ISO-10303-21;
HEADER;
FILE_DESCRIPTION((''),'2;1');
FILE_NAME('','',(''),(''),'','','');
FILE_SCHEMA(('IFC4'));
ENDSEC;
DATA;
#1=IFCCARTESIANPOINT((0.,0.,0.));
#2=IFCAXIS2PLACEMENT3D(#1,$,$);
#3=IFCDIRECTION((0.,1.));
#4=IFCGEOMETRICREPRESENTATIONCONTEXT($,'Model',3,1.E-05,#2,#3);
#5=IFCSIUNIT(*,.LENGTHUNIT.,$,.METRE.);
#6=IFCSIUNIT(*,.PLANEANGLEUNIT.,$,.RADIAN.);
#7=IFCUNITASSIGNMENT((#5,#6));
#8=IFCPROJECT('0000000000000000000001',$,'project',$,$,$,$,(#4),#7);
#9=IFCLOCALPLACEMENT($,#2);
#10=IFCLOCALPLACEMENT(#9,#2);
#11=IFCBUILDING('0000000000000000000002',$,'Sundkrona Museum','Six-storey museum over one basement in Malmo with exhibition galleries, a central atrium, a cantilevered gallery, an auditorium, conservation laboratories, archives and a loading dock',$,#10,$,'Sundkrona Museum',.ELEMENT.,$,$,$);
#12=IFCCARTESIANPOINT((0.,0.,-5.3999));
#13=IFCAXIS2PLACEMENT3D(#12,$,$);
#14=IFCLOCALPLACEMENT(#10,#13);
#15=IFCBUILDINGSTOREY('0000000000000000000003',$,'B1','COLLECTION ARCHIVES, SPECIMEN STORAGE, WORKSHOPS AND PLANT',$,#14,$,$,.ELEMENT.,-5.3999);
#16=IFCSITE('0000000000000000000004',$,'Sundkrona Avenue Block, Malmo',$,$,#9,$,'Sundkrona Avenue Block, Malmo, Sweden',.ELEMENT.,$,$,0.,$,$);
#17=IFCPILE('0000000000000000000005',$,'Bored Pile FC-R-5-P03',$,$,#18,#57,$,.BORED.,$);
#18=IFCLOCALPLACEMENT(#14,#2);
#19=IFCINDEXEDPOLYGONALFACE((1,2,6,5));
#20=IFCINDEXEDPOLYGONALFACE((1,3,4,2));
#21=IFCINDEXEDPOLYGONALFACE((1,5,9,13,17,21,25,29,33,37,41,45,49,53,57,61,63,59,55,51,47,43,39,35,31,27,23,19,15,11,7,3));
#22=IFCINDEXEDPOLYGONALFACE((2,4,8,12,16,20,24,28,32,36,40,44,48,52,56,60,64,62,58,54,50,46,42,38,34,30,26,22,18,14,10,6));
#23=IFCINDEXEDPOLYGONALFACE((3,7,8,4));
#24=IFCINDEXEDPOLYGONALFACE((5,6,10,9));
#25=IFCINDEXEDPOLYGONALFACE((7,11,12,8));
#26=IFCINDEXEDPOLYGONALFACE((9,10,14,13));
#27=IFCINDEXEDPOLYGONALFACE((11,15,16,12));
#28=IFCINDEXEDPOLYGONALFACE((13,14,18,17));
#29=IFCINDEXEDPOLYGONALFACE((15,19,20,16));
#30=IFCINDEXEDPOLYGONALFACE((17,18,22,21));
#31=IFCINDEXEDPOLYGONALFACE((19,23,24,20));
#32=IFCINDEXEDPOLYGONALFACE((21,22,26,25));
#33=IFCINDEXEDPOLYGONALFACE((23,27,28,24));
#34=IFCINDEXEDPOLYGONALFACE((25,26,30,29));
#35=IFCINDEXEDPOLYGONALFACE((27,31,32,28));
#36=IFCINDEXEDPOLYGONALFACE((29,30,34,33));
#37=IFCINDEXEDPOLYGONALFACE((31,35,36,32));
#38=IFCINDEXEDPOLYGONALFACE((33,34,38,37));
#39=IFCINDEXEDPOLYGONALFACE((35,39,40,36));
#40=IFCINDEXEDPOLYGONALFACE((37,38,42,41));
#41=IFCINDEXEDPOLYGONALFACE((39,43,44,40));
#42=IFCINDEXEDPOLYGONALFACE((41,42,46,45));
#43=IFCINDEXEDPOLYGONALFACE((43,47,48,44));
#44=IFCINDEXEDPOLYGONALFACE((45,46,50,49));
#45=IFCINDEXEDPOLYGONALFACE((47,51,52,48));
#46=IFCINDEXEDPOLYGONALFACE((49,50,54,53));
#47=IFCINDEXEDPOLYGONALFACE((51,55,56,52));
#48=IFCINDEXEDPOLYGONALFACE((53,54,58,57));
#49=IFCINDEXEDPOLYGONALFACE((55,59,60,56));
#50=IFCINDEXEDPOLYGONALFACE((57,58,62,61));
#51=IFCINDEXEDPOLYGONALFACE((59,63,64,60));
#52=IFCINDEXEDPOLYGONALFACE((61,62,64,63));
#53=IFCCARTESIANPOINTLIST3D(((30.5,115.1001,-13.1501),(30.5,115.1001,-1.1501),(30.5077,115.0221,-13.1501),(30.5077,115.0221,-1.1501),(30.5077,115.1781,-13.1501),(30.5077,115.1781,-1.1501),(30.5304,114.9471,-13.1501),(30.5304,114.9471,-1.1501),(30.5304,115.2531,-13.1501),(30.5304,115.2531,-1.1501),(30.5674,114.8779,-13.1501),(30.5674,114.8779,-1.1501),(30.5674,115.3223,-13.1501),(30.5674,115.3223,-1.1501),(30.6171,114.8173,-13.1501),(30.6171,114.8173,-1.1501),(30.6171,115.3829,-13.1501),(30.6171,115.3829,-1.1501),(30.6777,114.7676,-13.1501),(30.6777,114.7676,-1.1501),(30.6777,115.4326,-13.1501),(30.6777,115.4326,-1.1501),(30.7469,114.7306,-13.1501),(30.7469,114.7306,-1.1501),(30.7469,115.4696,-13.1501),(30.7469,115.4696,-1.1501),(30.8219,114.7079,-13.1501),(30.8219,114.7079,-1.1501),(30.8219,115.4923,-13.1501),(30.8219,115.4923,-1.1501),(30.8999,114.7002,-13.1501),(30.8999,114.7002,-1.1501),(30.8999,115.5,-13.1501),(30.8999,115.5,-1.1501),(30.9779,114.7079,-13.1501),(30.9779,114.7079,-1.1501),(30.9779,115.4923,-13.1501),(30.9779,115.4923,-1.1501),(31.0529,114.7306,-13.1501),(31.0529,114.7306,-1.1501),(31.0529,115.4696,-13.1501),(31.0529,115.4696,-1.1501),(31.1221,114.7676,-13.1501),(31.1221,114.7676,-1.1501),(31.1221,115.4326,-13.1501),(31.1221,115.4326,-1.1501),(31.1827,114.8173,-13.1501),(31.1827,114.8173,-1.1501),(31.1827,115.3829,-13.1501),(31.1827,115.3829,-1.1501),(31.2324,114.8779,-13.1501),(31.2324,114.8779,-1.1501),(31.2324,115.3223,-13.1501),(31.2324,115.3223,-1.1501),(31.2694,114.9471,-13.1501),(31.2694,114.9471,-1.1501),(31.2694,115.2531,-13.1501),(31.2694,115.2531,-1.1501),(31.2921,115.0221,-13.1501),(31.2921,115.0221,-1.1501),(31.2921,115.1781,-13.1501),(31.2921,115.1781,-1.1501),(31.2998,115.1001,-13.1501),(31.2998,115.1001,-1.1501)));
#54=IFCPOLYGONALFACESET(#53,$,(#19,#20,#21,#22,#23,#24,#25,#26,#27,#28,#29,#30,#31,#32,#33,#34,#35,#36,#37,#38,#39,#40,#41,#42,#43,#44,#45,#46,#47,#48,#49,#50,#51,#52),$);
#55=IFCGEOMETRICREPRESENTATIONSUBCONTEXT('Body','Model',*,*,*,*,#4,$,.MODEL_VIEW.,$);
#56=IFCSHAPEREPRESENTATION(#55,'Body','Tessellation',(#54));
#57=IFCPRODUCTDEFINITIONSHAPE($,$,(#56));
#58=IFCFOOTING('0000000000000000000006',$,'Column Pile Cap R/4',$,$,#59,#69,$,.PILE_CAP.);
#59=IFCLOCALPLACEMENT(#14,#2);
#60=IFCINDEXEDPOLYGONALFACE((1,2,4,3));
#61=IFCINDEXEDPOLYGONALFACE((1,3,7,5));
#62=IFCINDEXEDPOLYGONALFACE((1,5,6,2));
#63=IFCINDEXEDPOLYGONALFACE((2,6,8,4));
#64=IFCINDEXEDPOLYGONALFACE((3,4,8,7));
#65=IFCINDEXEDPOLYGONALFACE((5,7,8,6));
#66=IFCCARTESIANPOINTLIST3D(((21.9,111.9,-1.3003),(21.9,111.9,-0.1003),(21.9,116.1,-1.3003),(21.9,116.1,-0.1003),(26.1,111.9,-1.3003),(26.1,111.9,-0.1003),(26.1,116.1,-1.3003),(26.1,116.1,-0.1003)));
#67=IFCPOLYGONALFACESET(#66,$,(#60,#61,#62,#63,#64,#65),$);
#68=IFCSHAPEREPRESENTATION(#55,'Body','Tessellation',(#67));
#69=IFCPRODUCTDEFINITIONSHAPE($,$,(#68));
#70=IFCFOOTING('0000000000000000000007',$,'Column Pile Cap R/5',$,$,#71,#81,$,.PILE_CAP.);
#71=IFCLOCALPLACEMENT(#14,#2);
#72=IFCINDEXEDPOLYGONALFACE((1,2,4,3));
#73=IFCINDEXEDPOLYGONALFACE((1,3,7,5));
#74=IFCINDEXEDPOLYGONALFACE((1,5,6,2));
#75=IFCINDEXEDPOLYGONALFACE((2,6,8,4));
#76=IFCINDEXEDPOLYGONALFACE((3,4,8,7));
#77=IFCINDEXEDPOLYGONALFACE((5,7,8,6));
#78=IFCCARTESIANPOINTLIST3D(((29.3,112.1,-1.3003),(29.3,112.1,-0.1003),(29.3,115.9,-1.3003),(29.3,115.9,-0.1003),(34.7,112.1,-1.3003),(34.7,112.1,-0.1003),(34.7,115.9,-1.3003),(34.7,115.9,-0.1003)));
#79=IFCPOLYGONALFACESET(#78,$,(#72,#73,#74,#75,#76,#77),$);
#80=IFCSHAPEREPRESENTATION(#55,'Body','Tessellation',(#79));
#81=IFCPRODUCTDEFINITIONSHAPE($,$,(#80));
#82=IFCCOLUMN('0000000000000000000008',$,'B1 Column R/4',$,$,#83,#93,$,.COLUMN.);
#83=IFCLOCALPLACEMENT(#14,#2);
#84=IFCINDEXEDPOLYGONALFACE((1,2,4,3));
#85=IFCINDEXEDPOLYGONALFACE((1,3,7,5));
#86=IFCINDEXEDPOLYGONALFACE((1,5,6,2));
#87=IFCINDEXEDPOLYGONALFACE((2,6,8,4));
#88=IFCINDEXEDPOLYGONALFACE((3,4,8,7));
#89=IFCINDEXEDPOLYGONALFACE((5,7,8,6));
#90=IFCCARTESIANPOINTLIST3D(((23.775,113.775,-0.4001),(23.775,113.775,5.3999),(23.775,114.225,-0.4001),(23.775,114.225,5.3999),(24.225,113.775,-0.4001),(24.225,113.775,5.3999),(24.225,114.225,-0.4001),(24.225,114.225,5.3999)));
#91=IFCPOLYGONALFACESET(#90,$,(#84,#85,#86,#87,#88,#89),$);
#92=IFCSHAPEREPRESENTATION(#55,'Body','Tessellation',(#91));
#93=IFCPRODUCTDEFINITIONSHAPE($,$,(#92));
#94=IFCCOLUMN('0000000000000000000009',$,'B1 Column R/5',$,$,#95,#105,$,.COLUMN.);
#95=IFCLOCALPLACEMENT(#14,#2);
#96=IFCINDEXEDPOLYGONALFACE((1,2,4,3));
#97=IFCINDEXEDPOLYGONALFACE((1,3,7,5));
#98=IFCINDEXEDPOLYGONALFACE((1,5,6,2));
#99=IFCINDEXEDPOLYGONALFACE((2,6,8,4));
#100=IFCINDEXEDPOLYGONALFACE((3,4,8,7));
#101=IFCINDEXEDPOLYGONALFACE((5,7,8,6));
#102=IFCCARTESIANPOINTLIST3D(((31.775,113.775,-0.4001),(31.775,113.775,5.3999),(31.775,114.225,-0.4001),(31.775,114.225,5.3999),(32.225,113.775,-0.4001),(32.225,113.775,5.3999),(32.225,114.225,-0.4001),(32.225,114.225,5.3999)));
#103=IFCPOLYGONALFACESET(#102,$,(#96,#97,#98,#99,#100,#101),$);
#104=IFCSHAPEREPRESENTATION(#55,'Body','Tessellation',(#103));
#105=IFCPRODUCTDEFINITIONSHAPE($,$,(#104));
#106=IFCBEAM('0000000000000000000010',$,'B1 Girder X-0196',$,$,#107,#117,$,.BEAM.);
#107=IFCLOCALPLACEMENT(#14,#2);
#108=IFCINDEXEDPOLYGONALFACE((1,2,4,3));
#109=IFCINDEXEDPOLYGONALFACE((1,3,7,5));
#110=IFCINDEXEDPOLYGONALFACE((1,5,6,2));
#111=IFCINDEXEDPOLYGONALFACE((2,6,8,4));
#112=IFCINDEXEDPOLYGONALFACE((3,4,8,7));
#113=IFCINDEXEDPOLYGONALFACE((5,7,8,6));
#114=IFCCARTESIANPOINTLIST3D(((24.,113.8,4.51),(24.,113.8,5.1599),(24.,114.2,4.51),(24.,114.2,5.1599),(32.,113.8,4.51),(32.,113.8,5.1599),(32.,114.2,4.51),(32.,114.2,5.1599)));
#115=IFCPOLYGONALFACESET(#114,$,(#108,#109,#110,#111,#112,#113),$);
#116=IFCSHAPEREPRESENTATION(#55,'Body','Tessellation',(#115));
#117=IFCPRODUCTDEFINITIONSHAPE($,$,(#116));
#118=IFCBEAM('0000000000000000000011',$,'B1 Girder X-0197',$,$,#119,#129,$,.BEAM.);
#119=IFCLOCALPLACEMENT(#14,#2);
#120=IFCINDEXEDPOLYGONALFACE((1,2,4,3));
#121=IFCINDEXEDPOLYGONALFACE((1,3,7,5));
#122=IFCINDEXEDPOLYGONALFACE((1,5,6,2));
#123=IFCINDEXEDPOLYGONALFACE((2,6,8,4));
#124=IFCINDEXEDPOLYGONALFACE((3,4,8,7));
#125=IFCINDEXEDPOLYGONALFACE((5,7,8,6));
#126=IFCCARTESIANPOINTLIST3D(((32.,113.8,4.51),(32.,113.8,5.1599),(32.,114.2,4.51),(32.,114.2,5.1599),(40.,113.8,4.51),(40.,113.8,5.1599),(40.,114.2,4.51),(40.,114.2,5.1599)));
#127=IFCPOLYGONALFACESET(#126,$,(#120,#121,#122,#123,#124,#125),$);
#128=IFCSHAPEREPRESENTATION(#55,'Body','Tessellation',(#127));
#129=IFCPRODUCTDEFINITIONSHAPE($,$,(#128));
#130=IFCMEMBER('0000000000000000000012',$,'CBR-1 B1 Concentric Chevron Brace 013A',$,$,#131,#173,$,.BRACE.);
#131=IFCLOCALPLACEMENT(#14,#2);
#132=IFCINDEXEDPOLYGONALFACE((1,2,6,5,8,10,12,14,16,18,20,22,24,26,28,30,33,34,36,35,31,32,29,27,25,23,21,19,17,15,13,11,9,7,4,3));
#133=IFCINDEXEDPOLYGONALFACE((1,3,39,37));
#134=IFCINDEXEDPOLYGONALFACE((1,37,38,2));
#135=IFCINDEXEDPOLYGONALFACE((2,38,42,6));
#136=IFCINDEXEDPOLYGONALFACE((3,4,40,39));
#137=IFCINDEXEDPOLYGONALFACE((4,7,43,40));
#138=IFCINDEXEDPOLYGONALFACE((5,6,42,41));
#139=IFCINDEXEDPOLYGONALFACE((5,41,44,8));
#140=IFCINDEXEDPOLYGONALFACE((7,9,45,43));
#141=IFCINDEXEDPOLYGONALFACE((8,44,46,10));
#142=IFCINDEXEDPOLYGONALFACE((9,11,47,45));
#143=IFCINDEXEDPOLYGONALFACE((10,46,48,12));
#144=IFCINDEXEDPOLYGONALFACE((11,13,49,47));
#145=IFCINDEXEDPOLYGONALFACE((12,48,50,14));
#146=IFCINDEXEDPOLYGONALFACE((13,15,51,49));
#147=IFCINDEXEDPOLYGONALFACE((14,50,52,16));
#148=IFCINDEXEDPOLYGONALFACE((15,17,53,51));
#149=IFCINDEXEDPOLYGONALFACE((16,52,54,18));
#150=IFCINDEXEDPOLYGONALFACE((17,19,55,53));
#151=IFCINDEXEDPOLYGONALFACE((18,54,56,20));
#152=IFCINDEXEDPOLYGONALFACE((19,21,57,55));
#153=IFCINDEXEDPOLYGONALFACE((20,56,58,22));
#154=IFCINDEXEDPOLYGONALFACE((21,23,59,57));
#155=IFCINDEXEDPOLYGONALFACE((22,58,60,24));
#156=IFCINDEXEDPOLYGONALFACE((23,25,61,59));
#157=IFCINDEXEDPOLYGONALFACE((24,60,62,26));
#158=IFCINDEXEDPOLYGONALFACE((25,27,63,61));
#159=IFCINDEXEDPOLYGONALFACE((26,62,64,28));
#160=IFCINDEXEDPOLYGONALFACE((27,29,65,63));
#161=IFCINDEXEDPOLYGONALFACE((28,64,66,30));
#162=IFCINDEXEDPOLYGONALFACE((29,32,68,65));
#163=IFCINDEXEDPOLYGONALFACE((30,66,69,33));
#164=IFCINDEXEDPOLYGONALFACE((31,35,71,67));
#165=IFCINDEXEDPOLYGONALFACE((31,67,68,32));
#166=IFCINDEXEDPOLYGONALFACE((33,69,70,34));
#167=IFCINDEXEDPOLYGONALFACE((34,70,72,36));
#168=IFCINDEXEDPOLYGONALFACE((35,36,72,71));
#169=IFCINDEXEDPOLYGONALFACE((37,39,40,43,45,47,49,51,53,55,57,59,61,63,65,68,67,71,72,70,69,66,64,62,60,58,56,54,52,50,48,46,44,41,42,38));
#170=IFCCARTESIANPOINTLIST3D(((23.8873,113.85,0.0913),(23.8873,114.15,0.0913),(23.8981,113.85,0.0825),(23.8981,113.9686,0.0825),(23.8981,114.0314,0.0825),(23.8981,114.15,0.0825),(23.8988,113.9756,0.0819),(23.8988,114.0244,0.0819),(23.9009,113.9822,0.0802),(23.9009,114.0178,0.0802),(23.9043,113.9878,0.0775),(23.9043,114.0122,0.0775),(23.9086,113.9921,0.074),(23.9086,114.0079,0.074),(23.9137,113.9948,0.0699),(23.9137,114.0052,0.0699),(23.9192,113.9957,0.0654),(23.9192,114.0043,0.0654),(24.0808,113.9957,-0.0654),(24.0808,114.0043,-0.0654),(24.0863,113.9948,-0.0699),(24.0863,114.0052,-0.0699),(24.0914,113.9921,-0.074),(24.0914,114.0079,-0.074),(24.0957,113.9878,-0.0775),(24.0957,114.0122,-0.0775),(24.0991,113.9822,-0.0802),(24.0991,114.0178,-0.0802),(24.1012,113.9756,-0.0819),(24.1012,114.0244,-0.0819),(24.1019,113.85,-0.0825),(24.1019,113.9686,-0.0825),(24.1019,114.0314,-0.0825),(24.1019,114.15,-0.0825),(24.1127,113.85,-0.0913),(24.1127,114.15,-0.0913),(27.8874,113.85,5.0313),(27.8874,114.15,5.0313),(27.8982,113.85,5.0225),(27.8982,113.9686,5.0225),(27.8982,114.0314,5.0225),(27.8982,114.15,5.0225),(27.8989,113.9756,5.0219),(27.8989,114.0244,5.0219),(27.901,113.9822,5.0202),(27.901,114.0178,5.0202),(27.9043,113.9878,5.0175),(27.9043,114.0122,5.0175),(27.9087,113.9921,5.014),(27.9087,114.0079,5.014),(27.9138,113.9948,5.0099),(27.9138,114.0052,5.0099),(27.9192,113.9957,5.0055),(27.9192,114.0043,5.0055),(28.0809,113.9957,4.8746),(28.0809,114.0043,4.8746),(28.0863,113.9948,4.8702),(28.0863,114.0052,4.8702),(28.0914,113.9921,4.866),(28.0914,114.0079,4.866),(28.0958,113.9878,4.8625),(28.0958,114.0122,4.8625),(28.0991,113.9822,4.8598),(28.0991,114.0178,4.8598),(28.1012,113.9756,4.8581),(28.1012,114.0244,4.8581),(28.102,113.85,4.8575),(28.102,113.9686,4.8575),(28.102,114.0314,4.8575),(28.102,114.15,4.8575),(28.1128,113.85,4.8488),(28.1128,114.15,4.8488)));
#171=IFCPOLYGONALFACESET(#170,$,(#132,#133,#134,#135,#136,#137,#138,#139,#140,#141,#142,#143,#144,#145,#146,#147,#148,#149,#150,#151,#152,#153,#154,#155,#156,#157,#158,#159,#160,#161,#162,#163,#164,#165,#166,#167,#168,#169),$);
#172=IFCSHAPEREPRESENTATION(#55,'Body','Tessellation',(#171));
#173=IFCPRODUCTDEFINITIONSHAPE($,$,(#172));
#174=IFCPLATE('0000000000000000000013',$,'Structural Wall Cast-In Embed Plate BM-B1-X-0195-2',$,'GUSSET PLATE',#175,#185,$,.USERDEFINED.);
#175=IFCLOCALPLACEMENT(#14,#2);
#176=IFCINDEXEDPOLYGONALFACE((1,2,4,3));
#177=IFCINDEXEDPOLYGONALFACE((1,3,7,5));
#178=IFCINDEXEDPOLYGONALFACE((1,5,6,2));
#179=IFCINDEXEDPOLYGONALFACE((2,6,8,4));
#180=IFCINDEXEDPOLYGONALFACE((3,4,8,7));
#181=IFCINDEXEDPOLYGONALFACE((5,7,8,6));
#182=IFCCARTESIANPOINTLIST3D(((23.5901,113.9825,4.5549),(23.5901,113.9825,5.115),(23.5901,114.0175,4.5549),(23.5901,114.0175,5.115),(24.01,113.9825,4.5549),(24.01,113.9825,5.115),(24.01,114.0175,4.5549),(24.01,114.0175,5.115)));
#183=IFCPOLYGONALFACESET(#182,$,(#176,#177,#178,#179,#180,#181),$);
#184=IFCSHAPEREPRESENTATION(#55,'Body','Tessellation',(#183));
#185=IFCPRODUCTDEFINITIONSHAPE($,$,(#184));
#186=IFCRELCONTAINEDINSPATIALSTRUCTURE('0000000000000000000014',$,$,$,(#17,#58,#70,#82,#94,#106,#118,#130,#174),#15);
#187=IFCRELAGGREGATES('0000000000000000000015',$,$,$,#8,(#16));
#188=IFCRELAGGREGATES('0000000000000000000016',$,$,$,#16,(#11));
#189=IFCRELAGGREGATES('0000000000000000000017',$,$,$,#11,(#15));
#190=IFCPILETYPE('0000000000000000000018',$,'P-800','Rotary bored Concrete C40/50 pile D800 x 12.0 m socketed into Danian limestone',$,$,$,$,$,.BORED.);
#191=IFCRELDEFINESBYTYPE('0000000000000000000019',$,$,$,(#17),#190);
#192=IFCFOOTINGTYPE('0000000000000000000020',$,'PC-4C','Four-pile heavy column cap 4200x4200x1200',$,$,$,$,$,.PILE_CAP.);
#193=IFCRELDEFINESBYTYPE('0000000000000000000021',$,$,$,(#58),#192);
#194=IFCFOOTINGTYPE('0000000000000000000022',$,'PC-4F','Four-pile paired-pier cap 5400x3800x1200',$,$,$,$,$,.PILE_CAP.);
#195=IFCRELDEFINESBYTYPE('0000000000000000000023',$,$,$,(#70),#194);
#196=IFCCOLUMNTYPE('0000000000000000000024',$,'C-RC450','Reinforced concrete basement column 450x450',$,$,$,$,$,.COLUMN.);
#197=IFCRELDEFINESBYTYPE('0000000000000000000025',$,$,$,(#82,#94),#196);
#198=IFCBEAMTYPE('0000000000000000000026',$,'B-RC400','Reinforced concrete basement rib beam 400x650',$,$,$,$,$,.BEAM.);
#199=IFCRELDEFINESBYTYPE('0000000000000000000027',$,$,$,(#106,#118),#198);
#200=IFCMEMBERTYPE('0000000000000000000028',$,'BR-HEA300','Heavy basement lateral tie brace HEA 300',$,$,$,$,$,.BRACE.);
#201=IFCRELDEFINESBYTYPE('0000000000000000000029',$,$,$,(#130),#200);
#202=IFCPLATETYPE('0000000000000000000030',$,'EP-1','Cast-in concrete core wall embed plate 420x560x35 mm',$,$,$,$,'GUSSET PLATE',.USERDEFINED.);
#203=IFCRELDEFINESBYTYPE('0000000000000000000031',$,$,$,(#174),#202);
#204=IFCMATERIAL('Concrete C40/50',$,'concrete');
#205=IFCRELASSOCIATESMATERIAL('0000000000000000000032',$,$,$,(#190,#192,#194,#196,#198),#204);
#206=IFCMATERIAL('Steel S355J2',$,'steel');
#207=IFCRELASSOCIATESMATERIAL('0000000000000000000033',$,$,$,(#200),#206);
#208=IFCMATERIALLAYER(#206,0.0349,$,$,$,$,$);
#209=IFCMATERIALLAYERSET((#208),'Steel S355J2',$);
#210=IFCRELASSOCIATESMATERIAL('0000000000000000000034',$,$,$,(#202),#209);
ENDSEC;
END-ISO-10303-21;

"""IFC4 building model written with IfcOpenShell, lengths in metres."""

from ifc_helpers import new_model, si_unit, direction, frame, origin, origin_2d, place, context, subcontext, project, spatial, rectangle, circle, i_section, extrude, material, layer, layer_set, material_profile, profile_set, type_object, element, save


model = new_model("IFC4")

# Units and contexts
model_context = context("Model", 3, precision=1e-05, world=origin(), true_north=direction((0.0, 1.0)))
body_context = subcontext(model_context, "Body", "Model", "MODEL_VIEW")
ifc_project = project(units=[si_unit("LENGTHUNIT", "METRE"), si_unit("PLANEANGLEUNIT", "RADIAN")], contexts=[model_context])

# Site, building, storey
site_placement = place(None, origin())
site = spatial("IfcSite", under=ifc_project, at=site_placement, Name="Sundkrona Avenue Block, Malmo", LongName="Sundkrona Avenue Block, Malmo, Sweden", CompositionType="ELEMENT", RefElevation=0.0)
building_placement = place(site_placement, origin())
building = spatial("IfcBuilding", under=site, at=building_placement, Name="Sundkrona Museum", Description="Six-storey museum over one basement in Malmo with exhibition galleries, a central atrium, a cantilevered gallery, an auditorium, conservation laboratories, archives and a loading dock", LongName="Sundkrona Museum", CompositionType="ELEMENT")
storey_placement = place(building_placement, frame((0.0, 0.0, -5.3999)))
storey = spatial("IfcBuildingStorey", under=building, at=storey_placement, Name="B1", Description="COLLECTION ARCHIVES, SPECIMEN STORAGE, WORKSHOPS AND PLANT", CompositionType="ELEMENT", Elevation=-5.3999)

# Shared definitions
ifc_material_1 = material(Name="Concrete C40/50", Category="concrete")

# Pile
ifc_material_profile_1 = material_profile(ifc_material_1, circle(Radius=0.3999, at=origin_2d()), Name="PILE D800")
ifc_profile_set_1 = profile_set([ifc_material_profile_1], Name="Concrete C40/50")
pile_type = type_object("IfcPileType", Name="P-800", Description="Rotary bored Concrete C40/50 pile D800 x 12.0 m socketed into Danian limestone", PredefinedType="BORED", material=ifc_profile_set_1)
for number, where, z_axis, x_axis, name in (
    (1, (30.8999, 115.1001, -1.1501), (0.0, 0.0, -1.0), (1.0, 0.0, 0.0), "Bored Pile FC-R-5-P03"),
):
    element("IfcPile", number, at=place(storey_placement, frame(where, z_axis=z_axis, x_axis=x_axis)), inside=storey, type_object=pile_type, Name=name, PredefinedType="BORED", context=body_context, shape_type="SweptSolid", body=[
        extrude(circle(Radius=0.3999, at=origin_2d()), origin(), (0.0, 0.0, 1.0), 12.0),
    ])

# Footings
footing_type_1 = type_object("IfcFootingType", Name="PC-4C", Description="Four-pile heavy column cap 4200x4200x1200", PredefinedType="PILE_CAP", material=ifc_material_1)
footing_1_placement = place(storey_placement, frame((24.0, 114.0, -1.3003), z_axis=(0.0, 0.0, 1.0), x_axis=(1.0, 0.0, 0.0)))
element("IfcFooting", 2, at=footing_1_placement, inside=storey, type_object=footing_type_1, Name="Column Pile Cap R/4", PredefinedType="PILE_CAP", context=body_context, shape_type="SweptSolid", body=[
    extrude(rectangle(XDim=4.2, YDim=4.2, at=origin_2d()), origin(), (0.0, 0.0, 1.0), 1.2),
])
footing_type_2 = type_object("IfcFootingType", Name="PC-4F", Description="Four-pile paired-pier cap 5400x3800x1200", PredefinedType="PILE_CAP", material=ifc_material_1)
footing_2_placement = place(storey_placement, frame((32.0, 114.0, -1.3003), z_axis=(0.0, 0.0, 1.0), x_axis=(1.0, 0.0, 0.0)))
element("IfcFooting", 3, at=footing_2_placement, inside=storey, type_object=footing_type_2, Name="Column Pile Cap R/5", PredefinedType="PILE_CAP", context=body_context, shape_type="SweptSolid", body=[
    extrude(rectangle(XDim=5.3999, YDim=3.8, at=origin_2d()), origin(), (0.0, 0.0, 1.0), 1.2),
])

# Columns
ifc_material_profile_2 = material_profile(ifc_material_1, rectangle(XDim=0.45, YDim=0.45, at=origin_2d()), Name="RC 450x450")
ifc_profile_set_2 = profile_set([ifc_material_profile_2], Name="Concrete C40/50")
column_type = type_object("IfcColumnType", Name="C-RC450", Description="Reinforced concrete basement column 450x450", PredefinedType="COLUMN", material=ifc_profile_set_2)
for number, where, z_axis, x_axis, name in (
    (4, (24.0, 114.0, -0.4001), (0.0, 0.0, 1.0), (1.0, 0.0, 0.0), "B1 Column R/4"),
    (5, (32.0, 114.0, -0.4001), (0.0, 0.0, 1.0), (1.0, 0.0, 0.0), "B1 Column R/5"),
):
    element("IfcColumn", number, at=place(storey_placement, frame(where, z_axis=z_axis, x_axis=x_axis)), inside=storey, type_object=column_type, Name=name, PredefinedType="COLUMN", context=body_context, shape_type="SweptSolid", body=[
        extrude(rectangle(XDim=0.45, YDim=0.45, at=origin_2d()), origin(), (0.0, 0.0, 1.0), 5.8),
    ])

# Beams
ifc_material_profile_3 = material_profile(ifc_material_1, rectangle(XDim=0.3999, YDim=0.6499, at=origin_2d()), Name="RCB 400x650")
ifc_profile_set_3 = profile_set([ifc_material_profile_3], Name="Concrete C40/50")
beam_type = type_object("IfcBeamType", Name="B-RC400", Description="Reinforced concrete basement rib beam 400x650", PredefinedType="BEAM", material=ifc_profile_set_3)
for number, where, z_axis, x_axis, name in (
    (6, (24.0, 114.0, 4.835), (1.0, 0.0, 0.0), (0.0, 1.0, 0.0), "B1 Girder X-0196"),
    (7, (32.0, 114.0, 4.835), (1.0, 0.0, 0.0), (0.0, 1.0, 0.0), "B1 Girder X-0197"),
):
    element("IfcBeam", number, at=place(storey_placement, frame(where, z_axis=z_axis, x_axis=x_axis)), inside=storey, type_object=beam_type, Name=name, PredefinedType="BEAM", context=body_context, shape_type="SweptSolid", body=[
        extrude(rectangle(XDim=0.3999, YDim=0.6499, at=origin_2d()), origin(), (0.0, 0.0, 1.0), 8.0),
    ])

# Member
ifc_material_2 = material(Name="Steel S355J2", Category="steel")
ifc_material_profile_4 = material_profile(ifc_material_2, i_section(OverallWidth=0.3, OverallDepth=0.29, WebThickness=0.0085, FlangeThickness=0.0139, FilletRadius=0.0271, at=origin_2d()), Name="HEA 300")
ifc_profile_set_4 = profile_set([ifc_material_profile_4], Name="Steel S355J2")
member_type = type_object("IfcMemberType", Name="BR-HEA300", Description="Heavy basement lateral tie brace HEA 300", PredefinedType="BRACE", material=ifc_profile_set_4)
member_placement = place(storey_placement, frame((24.0, 114.0, 0.0), z_axis=(0.629293, 0.0, 0.777168), x_axis=(0.0, 1.0, 0.0)))
element("IfcMember", 8, at=member_placement, inside=storey, type_object=member_type, Name="CBR-1 B1 Concentric Chevron Brace 013A", PredefinedType="BRACE", context=body_context, shape_type="SweptSolid", body=[
    extrude(i_section(OverallWidth=0.3, OverallDepth=0.29, WebThickness=0.0085, FlangeThickness=0.0139, FilletRadius=0.0271, at=origin_2d()), origin(), (0.0, 0.0, 1.0), 6.3564),
])

# Plate
ifc_layer_1 = layer(ifc_material_2, 0.0349)
ifc_layer_set_1 = layer_set([ifc_layer_1], Name="Steel S355J2")
plate_type_1 = type_object("IfcPlateType", Name="EP-1", Description="Cast-in concrete core wall embed plate 420x560x35 mm", ElementType="GUSSET PLATE", PredefinedType="USERDEFINED", material=ifc_layer_set_1)
for number, where, z_axis, x_axis, name in (
    (9, (23.8, 114.0, 4.5549), (0.0, 0.0, 1.0), (1.0, 0.0, 0.0), "Structural Wall Cast-In Embed Plate BM-B1-X-0195-2"),
):
    element("IfcPlate", number, at=place(storey_placement, frame(where, z_axis=z_axis, x_axis=x_axis)), inside=storey, type_object=plate_type_1, Name=name, ObjectType="GUSSET PLATE", PredefinedType="USERDEFINED", context=body_context, shape_type="SweptSolid", body=[
        extrude(rectangle(XDim=0.4199, YDim=0.0349, at=origin_2d()), origin(), (0.0, 0.0, 1.0), 0.5601),
    ])

save(model, "model.ifc")
